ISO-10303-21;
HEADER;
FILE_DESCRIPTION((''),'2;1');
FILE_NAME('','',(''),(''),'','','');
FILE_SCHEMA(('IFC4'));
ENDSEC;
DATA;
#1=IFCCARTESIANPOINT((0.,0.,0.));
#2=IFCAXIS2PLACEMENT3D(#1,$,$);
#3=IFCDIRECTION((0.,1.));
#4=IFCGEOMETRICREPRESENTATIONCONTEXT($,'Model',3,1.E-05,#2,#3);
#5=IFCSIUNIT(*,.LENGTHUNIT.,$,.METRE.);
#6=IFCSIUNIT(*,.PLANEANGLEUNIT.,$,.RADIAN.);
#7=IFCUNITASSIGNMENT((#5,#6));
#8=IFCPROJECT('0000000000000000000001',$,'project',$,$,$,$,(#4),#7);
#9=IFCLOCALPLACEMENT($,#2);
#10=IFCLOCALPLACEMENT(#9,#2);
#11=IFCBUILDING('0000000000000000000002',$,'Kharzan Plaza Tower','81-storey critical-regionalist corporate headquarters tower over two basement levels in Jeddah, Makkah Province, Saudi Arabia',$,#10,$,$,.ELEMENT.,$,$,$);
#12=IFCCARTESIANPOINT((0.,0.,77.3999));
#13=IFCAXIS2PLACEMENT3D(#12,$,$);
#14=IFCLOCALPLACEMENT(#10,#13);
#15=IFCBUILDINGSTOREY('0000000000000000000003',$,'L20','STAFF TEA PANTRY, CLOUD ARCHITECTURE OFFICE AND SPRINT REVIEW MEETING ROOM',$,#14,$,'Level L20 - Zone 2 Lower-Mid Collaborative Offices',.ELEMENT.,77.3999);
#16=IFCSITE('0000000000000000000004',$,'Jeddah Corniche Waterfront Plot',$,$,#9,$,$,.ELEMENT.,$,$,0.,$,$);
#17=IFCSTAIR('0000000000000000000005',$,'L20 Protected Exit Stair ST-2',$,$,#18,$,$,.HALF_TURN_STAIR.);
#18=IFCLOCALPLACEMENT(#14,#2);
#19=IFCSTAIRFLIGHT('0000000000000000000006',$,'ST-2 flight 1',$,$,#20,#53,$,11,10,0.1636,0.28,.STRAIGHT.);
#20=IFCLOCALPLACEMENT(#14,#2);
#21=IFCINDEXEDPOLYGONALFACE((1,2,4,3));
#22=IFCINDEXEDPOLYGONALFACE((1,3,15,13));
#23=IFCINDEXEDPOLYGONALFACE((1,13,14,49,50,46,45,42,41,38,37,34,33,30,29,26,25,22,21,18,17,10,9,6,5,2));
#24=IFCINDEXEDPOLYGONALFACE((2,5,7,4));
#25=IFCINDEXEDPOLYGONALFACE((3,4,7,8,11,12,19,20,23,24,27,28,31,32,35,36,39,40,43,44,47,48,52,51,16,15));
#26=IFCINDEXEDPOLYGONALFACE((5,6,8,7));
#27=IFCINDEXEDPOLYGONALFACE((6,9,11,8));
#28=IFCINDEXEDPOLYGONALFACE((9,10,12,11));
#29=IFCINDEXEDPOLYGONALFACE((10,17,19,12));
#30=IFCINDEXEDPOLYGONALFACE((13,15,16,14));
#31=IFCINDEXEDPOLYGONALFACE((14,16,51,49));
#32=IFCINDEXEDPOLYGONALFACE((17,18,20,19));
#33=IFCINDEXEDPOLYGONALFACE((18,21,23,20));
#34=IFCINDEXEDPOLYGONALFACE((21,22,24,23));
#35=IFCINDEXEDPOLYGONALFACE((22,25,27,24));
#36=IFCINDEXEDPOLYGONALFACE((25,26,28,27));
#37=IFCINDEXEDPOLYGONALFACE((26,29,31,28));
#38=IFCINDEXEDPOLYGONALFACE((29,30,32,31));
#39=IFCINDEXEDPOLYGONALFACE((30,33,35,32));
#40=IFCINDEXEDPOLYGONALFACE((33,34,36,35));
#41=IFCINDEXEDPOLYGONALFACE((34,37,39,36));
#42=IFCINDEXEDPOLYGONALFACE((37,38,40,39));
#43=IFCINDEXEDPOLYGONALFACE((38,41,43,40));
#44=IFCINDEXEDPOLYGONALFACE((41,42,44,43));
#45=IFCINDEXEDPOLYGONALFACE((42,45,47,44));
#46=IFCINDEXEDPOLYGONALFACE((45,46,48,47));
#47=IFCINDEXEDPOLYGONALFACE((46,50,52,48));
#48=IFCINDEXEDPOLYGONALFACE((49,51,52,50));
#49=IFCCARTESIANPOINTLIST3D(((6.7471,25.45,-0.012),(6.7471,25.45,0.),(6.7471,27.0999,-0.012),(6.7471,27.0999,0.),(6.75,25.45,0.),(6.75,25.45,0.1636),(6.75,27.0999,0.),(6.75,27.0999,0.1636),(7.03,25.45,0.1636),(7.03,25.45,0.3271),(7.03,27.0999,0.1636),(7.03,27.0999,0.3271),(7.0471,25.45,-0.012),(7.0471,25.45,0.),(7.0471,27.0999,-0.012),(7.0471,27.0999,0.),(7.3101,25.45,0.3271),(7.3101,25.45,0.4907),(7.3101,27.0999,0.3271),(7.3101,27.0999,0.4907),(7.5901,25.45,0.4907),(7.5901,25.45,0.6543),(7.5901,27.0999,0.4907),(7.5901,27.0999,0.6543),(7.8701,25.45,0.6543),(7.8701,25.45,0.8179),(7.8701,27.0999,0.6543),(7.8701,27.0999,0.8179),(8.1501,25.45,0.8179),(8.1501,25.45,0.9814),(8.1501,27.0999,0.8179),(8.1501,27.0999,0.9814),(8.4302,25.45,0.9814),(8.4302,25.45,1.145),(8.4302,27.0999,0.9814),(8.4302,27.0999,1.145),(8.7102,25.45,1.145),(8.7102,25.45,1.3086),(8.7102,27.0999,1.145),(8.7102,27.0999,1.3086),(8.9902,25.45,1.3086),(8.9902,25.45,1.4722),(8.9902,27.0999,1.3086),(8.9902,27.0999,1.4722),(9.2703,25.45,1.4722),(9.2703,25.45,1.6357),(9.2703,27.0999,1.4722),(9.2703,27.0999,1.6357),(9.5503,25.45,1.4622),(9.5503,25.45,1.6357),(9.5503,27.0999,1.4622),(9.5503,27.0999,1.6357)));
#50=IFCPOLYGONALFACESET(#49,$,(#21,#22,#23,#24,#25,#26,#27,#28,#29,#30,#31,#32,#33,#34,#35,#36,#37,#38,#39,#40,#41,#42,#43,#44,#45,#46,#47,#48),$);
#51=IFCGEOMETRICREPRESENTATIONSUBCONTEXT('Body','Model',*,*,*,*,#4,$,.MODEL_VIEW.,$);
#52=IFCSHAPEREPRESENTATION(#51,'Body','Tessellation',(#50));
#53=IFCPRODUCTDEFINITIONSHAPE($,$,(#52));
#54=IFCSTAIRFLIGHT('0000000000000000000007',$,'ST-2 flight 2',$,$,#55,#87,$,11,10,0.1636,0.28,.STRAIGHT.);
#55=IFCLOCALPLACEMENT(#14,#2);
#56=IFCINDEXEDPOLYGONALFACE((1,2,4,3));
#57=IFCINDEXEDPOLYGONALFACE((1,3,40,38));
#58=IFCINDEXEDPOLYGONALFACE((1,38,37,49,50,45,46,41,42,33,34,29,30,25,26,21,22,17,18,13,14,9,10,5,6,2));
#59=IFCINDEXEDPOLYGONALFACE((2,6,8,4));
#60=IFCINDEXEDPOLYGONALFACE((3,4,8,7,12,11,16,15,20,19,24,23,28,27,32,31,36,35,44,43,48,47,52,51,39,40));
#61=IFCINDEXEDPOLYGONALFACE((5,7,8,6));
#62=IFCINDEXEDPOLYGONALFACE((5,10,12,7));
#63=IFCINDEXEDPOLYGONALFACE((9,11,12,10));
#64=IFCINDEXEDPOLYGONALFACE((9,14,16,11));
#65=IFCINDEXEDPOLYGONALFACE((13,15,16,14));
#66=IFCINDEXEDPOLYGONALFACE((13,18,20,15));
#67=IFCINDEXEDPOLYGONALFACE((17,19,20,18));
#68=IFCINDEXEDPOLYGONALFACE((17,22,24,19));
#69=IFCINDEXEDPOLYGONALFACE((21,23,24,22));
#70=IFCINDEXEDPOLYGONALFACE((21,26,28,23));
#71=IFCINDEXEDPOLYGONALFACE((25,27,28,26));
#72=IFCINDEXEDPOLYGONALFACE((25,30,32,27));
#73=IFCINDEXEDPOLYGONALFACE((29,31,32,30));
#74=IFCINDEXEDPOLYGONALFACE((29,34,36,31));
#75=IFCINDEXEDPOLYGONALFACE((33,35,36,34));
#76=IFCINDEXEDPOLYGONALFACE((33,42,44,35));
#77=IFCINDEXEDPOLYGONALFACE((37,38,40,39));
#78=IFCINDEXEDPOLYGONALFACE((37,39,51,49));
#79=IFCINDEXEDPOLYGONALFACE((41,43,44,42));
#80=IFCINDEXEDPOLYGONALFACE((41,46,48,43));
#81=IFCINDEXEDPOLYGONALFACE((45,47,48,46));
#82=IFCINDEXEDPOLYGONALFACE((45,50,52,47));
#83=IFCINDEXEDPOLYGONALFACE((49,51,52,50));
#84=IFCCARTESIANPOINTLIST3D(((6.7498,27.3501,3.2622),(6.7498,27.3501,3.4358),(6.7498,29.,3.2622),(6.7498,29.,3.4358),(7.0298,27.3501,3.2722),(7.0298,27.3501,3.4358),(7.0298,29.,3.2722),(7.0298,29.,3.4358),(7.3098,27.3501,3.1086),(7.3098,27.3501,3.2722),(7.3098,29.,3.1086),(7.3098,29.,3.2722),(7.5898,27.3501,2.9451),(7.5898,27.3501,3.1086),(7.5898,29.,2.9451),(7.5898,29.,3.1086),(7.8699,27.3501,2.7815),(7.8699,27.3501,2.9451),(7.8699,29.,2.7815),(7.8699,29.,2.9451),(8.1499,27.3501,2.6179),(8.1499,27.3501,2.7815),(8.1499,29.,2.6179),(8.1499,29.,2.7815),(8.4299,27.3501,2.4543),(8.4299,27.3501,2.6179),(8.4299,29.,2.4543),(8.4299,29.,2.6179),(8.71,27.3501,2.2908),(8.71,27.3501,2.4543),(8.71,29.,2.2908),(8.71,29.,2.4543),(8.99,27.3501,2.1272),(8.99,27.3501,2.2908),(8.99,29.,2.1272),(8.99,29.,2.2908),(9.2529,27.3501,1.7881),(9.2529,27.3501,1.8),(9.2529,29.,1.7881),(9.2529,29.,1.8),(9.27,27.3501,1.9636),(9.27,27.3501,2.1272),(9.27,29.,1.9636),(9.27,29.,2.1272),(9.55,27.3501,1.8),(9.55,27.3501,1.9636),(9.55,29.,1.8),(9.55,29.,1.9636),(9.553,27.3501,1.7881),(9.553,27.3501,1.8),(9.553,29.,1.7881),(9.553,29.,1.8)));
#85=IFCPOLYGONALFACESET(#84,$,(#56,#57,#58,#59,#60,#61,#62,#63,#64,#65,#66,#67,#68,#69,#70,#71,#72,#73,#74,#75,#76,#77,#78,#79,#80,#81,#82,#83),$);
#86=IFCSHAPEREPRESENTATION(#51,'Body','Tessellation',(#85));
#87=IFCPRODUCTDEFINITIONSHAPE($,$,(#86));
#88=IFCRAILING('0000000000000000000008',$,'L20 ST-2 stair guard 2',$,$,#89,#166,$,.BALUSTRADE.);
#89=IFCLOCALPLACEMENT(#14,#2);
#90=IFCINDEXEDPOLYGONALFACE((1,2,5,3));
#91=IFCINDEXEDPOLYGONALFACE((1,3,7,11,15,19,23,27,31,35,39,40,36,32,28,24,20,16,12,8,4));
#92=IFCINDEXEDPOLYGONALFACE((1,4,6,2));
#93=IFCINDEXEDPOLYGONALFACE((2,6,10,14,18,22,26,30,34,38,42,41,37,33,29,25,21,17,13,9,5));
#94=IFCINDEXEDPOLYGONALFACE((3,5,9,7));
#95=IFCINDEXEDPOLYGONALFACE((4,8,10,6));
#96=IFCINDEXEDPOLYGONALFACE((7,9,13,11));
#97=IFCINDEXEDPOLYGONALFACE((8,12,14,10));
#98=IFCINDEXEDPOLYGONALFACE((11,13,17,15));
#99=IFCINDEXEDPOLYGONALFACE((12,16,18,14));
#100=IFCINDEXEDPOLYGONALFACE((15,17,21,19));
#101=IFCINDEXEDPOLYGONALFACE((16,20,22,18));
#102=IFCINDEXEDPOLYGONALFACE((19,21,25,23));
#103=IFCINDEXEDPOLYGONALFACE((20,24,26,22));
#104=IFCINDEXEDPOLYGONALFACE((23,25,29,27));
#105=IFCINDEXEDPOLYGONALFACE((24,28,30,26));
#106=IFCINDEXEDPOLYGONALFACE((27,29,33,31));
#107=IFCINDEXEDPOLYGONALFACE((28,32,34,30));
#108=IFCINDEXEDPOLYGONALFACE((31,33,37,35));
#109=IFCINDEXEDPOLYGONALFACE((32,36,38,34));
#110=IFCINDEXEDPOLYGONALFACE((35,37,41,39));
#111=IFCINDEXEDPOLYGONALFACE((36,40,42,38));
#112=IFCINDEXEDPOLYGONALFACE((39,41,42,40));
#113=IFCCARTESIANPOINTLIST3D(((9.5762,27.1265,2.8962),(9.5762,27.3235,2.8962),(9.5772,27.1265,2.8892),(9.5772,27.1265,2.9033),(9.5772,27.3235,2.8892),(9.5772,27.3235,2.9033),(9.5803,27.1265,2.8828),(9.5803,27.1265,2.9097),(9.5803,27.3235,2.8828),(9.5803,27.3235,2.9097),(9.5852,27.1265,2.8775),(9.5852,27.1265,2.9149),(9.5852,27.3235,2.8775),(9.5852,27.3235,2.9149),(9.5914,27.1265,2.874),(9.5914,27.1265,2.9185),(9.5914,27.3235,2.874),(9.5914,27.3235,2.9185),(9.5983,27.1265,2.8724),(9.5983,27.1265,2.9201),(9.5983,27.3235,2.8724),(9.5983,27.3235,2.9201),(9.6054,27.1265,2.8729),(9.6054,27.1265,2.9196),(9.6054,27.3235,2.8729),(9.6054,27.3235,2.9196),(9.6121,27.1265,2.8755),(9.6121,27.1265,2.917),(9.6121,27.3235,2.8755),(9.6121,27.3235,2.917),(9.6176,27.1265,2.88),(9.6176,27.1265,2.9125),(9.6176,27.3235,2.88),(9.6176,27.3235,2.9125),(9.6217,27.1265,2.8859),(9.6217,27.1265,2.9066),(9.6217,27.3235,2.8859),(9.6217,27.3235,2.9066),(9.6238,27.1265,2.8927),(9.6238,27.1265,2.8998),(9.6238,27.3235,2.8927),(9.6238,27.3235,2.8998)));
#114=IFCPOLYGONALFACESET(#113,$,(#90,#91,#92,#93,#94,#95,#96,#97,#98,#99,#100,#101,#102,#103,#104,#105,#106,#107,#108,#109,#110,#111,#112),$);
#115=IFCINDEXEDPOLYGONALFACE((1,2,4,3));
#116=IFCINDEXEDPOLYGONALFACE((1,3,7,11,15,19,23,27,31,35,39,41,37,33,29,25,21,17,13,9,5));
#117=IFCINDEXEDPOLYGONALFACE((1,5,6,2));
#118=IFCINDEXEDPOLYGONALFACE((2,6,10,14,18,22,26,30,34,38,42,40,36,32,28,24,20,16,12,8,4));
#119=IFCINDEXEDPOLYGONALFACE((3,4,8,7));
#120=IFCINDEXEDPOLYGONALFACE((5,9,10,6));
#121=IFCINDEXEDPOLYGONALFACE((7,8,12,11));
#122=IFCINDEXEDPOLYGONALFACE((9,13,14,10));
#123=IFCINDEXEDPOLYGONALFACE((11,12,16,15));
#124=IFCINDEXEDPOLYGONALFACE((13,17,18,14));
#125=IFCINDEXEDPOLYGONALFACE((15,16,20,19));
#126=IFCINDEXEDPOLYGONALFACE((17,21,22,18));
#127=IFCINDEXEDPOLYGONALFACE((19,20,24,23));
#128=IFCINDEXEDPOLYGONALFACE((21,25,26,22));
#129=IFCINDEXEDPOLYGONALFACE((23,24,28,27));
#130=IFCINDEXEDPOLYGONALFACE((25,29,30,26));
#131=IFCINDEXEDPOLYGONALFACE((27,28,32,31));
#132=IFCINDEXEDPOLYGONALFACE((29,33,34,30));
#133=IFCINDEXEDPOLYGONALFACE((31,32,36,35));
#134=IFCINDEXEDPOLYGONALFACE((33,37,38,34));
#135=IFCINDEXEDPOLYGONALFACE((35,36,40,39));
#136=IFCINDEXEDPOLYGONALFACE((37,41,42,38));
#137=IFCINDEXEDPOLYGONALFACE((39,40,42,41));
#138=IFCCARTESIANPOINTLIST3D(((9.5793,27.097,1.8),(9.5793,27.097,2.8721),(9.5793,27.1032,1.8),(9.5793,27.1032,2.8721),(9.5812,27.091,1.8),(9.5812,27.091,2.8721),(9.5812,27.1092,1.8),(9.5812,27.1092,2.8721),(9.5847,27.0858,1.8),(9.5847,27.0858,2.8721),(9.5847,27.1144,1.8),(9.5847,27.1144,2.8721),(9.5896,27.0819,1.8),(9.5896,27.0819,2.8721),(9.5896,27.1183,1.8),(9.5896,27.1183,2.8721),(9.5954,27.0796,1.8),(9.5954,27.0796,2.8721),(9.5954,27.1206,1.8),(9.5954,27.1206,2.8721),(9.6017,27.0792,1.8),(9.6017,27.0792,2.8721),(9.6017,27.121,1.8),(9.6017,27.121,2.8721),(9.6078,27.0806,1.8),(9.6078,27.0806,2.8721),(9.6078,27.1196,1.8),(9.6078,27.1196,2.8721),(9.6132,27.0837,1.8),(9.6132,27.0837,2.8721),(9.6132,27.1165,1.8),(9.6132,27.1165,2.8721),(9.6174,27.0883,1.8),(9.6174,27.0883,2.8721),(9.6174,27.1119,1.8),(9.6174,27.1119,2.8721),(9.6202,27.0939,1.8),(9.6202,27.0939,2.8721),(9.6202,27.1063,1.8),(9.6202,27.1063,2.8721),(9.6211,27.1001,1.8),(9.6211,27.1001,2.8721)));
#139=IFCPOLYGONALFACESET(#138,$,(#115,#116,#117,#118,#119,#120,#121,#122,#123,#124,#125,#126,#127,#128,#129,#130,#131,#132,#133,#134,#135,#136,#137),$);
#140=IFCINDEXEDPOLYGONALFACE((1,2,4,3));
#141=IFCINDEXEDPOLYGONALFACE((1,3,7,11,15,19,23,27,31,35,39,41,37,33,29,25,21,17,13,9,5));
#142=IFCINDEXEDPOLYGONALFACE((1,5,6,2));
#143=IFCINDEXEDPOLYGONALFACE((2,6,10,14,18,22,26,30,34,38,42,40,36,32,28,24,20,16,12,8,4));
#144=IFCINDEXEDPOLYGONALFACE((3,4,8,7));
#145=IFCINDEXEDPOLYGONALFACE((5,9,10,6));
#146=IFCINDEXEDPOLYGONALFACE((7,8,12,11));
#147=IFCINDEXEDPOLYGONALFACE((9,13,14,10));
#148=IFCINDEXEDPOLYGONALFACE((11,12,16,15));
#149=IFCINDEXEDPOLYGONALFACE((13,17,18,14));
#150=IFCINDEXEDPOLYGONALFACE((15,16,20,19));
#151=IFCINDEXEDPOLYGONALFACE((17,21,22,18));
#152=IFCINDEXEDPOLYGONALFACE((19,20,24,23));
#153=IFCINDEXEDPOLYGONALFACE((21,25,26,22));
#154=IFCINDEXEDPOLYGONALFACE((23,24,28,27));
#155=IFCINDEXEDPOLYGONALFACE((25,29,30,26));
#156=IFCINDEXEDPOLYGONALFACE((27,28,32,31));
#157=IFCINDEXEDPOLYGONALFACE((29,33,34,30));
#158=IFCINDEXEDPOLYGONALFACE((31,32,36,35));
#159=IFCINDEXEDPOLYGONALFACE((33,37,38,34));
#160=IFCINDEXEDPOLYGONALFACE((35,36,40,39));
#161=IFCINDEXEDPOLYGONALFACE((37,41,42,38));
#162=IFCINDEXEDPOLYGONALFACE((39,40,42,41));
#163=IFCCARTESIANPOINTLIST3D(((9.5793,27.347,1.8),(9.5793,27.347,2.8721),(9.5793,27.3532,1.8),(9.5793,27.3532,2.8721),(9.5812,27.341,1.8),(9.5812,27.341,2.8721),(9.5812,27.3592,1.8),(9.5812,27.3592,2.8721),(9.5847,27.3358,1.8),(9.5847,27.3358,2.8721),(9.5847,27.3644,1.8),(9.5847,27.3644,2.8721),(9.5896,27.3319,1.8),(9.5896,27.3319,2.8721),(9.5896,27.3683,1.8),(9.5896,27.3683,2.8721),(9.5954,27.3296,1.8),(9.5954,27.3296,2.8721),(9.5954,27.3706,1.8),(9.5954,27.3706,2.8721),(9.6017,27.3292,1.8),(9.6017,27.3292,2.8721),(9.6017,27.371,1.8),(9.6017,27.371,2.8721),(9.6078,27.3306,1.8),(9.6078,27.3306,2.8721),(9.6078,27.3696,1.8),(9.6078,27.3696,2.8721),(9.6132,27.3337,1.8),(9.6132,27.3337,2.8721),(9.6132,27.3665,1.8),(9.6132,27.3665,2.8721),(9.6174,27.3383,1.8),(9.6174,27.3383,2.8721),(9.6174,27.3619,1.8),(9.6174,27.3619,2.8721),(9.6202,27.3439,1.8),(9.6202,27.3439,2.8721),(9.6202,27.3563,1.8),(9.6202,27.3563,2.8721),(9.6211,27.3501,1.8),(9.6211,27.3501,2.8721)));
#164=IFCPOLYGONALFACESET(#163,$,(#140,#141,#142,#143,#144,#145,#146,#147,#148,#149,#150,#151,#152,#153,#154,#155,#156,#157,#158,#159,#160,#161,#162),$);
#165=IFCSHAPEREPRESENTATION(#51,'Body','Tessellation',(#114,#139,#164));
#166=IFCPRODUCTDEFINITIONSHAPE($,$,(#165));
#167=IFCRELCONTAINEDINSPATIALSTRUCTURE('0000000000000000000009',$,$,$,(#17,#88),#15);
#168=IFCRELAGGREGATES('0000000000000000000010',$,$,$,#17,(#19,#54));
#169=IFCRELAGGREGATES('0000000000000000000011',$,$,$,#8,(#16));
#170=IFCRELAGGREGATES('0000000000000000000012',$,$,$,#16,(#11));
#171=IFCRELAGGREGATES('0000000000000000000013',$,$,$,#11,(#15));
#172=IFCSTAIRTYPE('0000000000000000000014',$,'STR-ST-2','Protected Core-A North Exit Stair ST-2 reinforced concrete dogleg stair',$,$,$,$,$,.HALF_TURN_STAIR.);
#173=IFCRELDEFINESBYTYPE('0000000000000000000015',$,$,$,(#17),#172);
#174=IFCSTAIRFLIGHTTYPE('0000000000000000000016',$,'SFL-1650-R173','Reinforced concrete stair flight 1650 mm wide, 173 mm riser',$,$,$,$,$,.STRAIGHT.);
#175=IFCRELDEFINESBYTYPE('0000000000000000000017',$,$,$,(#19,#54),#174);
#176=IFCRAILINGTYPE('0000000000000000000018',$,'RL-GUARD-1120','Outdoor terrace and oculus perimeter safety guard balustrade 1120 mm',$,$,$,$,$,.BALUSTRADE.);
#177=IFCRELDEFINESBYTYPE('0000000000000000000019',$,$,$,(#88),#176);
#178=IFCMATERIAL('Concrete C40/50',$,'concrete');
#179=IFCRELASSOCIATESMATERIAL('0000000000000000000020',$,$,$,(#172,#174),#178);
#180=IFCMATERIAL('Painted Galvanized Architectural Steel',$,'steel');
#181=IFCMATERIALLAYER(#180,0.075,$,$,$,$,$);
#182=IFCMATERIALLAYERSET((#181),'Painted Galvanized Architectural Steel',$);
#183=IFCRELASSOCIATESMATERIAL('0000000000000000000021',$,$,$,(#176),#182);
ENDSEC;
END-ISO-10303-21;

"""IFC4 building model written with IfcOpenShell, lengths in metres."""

from ifc_helpers import new_model, si_unit, direction, frame, origin, origin_2d, place, context, subcontext, project, spatial, polyline, circle, outline, extrude, source, transform, mapped, material, layer, layer_set, type_object, element, aggregate, save


model = new_model("IFC4")

# Units and contexts
model_context = context("Model", 3, precision=1e-05, world=origin(), true_north=direction((0.0, 1.0)))
body_context = subcontext(model_context, "Body", "Model", "MODEL_VIEW")
ifc_project = project(units=[si_unit("LENGTHUNIT", "METRE"), si_unit("PLANEANGLEUNIT", "RADIAN")], contexts=[model_context])

# Site, building, storey
site_placement = place(None, origin())
site = spatial("IfcSite", under=ifc_project, at=site_placement, Name="Jeddah Corniche Waterfront Plot", CompositionType="ELEMENT", RefElevation=0.0)
building_placement = place(site_placement, origin())
building = spatial("IfcBuilding", under=site, at=building_placement, Name="Kharzan Plaza Tower", Description="81-storey critical-regionalist corporate headquarters tower over two basement levels in Jeddah, Makkah Province, Saudi Arabia", CompositionType="ELEMENT")
storey_placement = place(building_placement, frame((0.0, 0.0, 77.3999)))
storey = spatial("IfcBuildingStorey", under=building, at=storey_placement, Name="L20", Description="STAFF TEA PANTRY, CLOUD ARCHITECTURE OFFICE AND SPRINT REVIEW MEETING ROOM", LongName="Level L20 - Zone 2 Lower-Mid Collaborative Offices", CompositionType="ELEMENT", Elevation=77.3999)

# Shared definitions
ifc_material_1 = material(Name="Concrete C40/50", Category="concrete")

# Stair, stair flights
stair_type = type_object("IfcStairType", Name="STR-ST-2", Description="Protected Core-A North Exit Stair ST-2 reinforced concrete dogleg stair", PredefinedType="HALF_TURN_STAIR", material=ifc_material_1)
stair_placement = place(storey_placement, origin())
stair = element("IfcStair", 1, at=stair_placement, inside=storey, type_object=stair_type, Name="L20 Protected Exit Stair ST-2", PredefinedType="HALF_TURN_STAIR")
stair_flight_type = type_object("IfcStairFlightType", Name="SFL-1650-R173", Description="Reinforced concrete stair flight 1650 mm wide, 173 mm riser", PredefinedType="STRAIGHT", material=ifc_material_1)
shared_shape_1 = source(origin(), body_context, "Body", "SweptSolid", [
    extrude(outline(polyline([(-0.0029, -0.012), (-0.0029, 0.0), (0.0, 0.0), (0.0, 0.1636), (0.28, 0.1636), (0.28, 0.3271), (0.5601, 0.3271), (0.5601, 0.4907), (0.8401, 0.4907), (0.8401, 0.6543), (1.1201, 0.6543), (1.1201, 0.8179), (1.4001, 0.8179), (1.4001, 0.9814), (1.6802, 0.9814), (1.6802, 1.145), (1.9602, 1.145), (1.9602, 1.3086), (2.2402, 1.3086), (2.2402, 1.4722), (2.5203, 1.4722), (2.5203, 1.6357), (2.8003, 1.6357), (2.8003, 1.7993), (2.8003, 1.4622), (0.2971, 0.0), (0.2971, -0.012), (-0.0029, -0.012)])), frame((0.0, 0.825, 0.0), z_axis=(0.0, -1.0, 0.0), x_axis=(1.0, 0.0, 0.0)), (0.0, 0.0, 1.0), 1.6499),
])
stair_flight_1_placement = place(storey_placement, frame((6.75, 26.2749, 0.0), z_axis=(0.0, 0.0, 1.0), x_axis=(1.0, 0.0, 0.0)))
stair_flight_1 = element("IfcStairFlight", 2, at=stair_flight_1_placement, type_object=stair_flight_type, Name="ST-2 flight 1", NumberOfRisers=11, NumberOfTreads=10, PredefinedType="STRAIGHT", RiserHeight=0.1636, TreadLength=0.28, context=body_context, shape_type="MappedRepresentation", body=[
    mapped(shared_shape_1, transform((0.0, 0.0, 0.0), x_axis=(1.0, 0.0, 0.0), y_axis=(0.0, 1.0, 0.0), z_axis=(0.0, 0.0, 1.0))),
])
stair_flight_2_placement = place(storey_placement, frame((9.55, 28.175, 1.8), z_axis=(0.0, 0.0, 1.0), x_axis=(-1.0, 0.0, 0.0)))
stair_flight_2 = element("IfcStairFlight", 3, at=stair_flight_2_placement, type_object=stair_flight_type, Name="ST-2 flight 2", NumberOfRisers=11, NumberOfTreads=10, PredefinedType="STRAIGHT", RiserHeight=0.1636, TreadLength=0.28, context=body_context, shape_type="MappedRepresentation", body=[
    mapped(shared_shape_1, transform((0.0, 0.0, 0.0), x_axis=(1.0, 0.0, 0.0), y_axis=(0.0, 1.0, 0.0), z_axis=(0.0, 0.0, 1.0))),
])
aggregate(stair, [stair_flight_1, stair_flight_2])

# Railing
ifc_material_2 = material(Name="Painted Galvanized Architectural Steel", Category="steel")
ifc_layer_1 = layer(ifc_material_2, 0.075)
ifc_layer_set_1 = layer_set([ifc_layer_1], Name="Painted Galvanized Architectural Steel")
railing_type_1 = type_object("IfcRailingType", Name="RL-GUARD-1120", Description="Outdoor terrace and oculus perimeter safety guard balustrade 1120 mm", PredefinedType="BALUSTRADE", material=ifc_layer_set_1)
shared_shape_2 = source(origin(), body_context, "Body", "SweptSolid", [
    extrude(circle(Radius=0.0239, at=origin_2d()), frame((0.0, 0.0264, 1.0962), z_axis=(0.0, 1.0, 0.0), x_axis=(-1.0, 0.0, 0.0)), (0.0, 0.0, 1.0), 0.197),
    extrude(circle(Radius=0.021, at=origin_2d()), origin(), (0.0, 0.0, 1.0), 1.072),
    extrude(circle(Radius=0.021, at=origin_2d()), frame((0.0, 0.25, 0.0)), (0.0, 0.0, 1.0), 1.072),
])
for number, where, name in (
    (4, (9.6001, 27.1001, 1.8), "L20 ST-2 stair guard 2"),
):
    element("IfcRailing", number, at=place(storey_placement, frame(where)), inside=storey, type_object=railing_type_1, Name=name, PredefinedType="BALUSTRADE", context=body_context, shape_type="MappedRepresentation", body=[
        mapped(shared_shape_2, transform((0.0, 0.0, 0.0), x_axis=(1.0, 0.0, 0.0), y_axis=(0.0, 1.0, 0.0), z_axis=(0.0, 0.0, 1.0))),
    ])

save(model, "model.ifc")
